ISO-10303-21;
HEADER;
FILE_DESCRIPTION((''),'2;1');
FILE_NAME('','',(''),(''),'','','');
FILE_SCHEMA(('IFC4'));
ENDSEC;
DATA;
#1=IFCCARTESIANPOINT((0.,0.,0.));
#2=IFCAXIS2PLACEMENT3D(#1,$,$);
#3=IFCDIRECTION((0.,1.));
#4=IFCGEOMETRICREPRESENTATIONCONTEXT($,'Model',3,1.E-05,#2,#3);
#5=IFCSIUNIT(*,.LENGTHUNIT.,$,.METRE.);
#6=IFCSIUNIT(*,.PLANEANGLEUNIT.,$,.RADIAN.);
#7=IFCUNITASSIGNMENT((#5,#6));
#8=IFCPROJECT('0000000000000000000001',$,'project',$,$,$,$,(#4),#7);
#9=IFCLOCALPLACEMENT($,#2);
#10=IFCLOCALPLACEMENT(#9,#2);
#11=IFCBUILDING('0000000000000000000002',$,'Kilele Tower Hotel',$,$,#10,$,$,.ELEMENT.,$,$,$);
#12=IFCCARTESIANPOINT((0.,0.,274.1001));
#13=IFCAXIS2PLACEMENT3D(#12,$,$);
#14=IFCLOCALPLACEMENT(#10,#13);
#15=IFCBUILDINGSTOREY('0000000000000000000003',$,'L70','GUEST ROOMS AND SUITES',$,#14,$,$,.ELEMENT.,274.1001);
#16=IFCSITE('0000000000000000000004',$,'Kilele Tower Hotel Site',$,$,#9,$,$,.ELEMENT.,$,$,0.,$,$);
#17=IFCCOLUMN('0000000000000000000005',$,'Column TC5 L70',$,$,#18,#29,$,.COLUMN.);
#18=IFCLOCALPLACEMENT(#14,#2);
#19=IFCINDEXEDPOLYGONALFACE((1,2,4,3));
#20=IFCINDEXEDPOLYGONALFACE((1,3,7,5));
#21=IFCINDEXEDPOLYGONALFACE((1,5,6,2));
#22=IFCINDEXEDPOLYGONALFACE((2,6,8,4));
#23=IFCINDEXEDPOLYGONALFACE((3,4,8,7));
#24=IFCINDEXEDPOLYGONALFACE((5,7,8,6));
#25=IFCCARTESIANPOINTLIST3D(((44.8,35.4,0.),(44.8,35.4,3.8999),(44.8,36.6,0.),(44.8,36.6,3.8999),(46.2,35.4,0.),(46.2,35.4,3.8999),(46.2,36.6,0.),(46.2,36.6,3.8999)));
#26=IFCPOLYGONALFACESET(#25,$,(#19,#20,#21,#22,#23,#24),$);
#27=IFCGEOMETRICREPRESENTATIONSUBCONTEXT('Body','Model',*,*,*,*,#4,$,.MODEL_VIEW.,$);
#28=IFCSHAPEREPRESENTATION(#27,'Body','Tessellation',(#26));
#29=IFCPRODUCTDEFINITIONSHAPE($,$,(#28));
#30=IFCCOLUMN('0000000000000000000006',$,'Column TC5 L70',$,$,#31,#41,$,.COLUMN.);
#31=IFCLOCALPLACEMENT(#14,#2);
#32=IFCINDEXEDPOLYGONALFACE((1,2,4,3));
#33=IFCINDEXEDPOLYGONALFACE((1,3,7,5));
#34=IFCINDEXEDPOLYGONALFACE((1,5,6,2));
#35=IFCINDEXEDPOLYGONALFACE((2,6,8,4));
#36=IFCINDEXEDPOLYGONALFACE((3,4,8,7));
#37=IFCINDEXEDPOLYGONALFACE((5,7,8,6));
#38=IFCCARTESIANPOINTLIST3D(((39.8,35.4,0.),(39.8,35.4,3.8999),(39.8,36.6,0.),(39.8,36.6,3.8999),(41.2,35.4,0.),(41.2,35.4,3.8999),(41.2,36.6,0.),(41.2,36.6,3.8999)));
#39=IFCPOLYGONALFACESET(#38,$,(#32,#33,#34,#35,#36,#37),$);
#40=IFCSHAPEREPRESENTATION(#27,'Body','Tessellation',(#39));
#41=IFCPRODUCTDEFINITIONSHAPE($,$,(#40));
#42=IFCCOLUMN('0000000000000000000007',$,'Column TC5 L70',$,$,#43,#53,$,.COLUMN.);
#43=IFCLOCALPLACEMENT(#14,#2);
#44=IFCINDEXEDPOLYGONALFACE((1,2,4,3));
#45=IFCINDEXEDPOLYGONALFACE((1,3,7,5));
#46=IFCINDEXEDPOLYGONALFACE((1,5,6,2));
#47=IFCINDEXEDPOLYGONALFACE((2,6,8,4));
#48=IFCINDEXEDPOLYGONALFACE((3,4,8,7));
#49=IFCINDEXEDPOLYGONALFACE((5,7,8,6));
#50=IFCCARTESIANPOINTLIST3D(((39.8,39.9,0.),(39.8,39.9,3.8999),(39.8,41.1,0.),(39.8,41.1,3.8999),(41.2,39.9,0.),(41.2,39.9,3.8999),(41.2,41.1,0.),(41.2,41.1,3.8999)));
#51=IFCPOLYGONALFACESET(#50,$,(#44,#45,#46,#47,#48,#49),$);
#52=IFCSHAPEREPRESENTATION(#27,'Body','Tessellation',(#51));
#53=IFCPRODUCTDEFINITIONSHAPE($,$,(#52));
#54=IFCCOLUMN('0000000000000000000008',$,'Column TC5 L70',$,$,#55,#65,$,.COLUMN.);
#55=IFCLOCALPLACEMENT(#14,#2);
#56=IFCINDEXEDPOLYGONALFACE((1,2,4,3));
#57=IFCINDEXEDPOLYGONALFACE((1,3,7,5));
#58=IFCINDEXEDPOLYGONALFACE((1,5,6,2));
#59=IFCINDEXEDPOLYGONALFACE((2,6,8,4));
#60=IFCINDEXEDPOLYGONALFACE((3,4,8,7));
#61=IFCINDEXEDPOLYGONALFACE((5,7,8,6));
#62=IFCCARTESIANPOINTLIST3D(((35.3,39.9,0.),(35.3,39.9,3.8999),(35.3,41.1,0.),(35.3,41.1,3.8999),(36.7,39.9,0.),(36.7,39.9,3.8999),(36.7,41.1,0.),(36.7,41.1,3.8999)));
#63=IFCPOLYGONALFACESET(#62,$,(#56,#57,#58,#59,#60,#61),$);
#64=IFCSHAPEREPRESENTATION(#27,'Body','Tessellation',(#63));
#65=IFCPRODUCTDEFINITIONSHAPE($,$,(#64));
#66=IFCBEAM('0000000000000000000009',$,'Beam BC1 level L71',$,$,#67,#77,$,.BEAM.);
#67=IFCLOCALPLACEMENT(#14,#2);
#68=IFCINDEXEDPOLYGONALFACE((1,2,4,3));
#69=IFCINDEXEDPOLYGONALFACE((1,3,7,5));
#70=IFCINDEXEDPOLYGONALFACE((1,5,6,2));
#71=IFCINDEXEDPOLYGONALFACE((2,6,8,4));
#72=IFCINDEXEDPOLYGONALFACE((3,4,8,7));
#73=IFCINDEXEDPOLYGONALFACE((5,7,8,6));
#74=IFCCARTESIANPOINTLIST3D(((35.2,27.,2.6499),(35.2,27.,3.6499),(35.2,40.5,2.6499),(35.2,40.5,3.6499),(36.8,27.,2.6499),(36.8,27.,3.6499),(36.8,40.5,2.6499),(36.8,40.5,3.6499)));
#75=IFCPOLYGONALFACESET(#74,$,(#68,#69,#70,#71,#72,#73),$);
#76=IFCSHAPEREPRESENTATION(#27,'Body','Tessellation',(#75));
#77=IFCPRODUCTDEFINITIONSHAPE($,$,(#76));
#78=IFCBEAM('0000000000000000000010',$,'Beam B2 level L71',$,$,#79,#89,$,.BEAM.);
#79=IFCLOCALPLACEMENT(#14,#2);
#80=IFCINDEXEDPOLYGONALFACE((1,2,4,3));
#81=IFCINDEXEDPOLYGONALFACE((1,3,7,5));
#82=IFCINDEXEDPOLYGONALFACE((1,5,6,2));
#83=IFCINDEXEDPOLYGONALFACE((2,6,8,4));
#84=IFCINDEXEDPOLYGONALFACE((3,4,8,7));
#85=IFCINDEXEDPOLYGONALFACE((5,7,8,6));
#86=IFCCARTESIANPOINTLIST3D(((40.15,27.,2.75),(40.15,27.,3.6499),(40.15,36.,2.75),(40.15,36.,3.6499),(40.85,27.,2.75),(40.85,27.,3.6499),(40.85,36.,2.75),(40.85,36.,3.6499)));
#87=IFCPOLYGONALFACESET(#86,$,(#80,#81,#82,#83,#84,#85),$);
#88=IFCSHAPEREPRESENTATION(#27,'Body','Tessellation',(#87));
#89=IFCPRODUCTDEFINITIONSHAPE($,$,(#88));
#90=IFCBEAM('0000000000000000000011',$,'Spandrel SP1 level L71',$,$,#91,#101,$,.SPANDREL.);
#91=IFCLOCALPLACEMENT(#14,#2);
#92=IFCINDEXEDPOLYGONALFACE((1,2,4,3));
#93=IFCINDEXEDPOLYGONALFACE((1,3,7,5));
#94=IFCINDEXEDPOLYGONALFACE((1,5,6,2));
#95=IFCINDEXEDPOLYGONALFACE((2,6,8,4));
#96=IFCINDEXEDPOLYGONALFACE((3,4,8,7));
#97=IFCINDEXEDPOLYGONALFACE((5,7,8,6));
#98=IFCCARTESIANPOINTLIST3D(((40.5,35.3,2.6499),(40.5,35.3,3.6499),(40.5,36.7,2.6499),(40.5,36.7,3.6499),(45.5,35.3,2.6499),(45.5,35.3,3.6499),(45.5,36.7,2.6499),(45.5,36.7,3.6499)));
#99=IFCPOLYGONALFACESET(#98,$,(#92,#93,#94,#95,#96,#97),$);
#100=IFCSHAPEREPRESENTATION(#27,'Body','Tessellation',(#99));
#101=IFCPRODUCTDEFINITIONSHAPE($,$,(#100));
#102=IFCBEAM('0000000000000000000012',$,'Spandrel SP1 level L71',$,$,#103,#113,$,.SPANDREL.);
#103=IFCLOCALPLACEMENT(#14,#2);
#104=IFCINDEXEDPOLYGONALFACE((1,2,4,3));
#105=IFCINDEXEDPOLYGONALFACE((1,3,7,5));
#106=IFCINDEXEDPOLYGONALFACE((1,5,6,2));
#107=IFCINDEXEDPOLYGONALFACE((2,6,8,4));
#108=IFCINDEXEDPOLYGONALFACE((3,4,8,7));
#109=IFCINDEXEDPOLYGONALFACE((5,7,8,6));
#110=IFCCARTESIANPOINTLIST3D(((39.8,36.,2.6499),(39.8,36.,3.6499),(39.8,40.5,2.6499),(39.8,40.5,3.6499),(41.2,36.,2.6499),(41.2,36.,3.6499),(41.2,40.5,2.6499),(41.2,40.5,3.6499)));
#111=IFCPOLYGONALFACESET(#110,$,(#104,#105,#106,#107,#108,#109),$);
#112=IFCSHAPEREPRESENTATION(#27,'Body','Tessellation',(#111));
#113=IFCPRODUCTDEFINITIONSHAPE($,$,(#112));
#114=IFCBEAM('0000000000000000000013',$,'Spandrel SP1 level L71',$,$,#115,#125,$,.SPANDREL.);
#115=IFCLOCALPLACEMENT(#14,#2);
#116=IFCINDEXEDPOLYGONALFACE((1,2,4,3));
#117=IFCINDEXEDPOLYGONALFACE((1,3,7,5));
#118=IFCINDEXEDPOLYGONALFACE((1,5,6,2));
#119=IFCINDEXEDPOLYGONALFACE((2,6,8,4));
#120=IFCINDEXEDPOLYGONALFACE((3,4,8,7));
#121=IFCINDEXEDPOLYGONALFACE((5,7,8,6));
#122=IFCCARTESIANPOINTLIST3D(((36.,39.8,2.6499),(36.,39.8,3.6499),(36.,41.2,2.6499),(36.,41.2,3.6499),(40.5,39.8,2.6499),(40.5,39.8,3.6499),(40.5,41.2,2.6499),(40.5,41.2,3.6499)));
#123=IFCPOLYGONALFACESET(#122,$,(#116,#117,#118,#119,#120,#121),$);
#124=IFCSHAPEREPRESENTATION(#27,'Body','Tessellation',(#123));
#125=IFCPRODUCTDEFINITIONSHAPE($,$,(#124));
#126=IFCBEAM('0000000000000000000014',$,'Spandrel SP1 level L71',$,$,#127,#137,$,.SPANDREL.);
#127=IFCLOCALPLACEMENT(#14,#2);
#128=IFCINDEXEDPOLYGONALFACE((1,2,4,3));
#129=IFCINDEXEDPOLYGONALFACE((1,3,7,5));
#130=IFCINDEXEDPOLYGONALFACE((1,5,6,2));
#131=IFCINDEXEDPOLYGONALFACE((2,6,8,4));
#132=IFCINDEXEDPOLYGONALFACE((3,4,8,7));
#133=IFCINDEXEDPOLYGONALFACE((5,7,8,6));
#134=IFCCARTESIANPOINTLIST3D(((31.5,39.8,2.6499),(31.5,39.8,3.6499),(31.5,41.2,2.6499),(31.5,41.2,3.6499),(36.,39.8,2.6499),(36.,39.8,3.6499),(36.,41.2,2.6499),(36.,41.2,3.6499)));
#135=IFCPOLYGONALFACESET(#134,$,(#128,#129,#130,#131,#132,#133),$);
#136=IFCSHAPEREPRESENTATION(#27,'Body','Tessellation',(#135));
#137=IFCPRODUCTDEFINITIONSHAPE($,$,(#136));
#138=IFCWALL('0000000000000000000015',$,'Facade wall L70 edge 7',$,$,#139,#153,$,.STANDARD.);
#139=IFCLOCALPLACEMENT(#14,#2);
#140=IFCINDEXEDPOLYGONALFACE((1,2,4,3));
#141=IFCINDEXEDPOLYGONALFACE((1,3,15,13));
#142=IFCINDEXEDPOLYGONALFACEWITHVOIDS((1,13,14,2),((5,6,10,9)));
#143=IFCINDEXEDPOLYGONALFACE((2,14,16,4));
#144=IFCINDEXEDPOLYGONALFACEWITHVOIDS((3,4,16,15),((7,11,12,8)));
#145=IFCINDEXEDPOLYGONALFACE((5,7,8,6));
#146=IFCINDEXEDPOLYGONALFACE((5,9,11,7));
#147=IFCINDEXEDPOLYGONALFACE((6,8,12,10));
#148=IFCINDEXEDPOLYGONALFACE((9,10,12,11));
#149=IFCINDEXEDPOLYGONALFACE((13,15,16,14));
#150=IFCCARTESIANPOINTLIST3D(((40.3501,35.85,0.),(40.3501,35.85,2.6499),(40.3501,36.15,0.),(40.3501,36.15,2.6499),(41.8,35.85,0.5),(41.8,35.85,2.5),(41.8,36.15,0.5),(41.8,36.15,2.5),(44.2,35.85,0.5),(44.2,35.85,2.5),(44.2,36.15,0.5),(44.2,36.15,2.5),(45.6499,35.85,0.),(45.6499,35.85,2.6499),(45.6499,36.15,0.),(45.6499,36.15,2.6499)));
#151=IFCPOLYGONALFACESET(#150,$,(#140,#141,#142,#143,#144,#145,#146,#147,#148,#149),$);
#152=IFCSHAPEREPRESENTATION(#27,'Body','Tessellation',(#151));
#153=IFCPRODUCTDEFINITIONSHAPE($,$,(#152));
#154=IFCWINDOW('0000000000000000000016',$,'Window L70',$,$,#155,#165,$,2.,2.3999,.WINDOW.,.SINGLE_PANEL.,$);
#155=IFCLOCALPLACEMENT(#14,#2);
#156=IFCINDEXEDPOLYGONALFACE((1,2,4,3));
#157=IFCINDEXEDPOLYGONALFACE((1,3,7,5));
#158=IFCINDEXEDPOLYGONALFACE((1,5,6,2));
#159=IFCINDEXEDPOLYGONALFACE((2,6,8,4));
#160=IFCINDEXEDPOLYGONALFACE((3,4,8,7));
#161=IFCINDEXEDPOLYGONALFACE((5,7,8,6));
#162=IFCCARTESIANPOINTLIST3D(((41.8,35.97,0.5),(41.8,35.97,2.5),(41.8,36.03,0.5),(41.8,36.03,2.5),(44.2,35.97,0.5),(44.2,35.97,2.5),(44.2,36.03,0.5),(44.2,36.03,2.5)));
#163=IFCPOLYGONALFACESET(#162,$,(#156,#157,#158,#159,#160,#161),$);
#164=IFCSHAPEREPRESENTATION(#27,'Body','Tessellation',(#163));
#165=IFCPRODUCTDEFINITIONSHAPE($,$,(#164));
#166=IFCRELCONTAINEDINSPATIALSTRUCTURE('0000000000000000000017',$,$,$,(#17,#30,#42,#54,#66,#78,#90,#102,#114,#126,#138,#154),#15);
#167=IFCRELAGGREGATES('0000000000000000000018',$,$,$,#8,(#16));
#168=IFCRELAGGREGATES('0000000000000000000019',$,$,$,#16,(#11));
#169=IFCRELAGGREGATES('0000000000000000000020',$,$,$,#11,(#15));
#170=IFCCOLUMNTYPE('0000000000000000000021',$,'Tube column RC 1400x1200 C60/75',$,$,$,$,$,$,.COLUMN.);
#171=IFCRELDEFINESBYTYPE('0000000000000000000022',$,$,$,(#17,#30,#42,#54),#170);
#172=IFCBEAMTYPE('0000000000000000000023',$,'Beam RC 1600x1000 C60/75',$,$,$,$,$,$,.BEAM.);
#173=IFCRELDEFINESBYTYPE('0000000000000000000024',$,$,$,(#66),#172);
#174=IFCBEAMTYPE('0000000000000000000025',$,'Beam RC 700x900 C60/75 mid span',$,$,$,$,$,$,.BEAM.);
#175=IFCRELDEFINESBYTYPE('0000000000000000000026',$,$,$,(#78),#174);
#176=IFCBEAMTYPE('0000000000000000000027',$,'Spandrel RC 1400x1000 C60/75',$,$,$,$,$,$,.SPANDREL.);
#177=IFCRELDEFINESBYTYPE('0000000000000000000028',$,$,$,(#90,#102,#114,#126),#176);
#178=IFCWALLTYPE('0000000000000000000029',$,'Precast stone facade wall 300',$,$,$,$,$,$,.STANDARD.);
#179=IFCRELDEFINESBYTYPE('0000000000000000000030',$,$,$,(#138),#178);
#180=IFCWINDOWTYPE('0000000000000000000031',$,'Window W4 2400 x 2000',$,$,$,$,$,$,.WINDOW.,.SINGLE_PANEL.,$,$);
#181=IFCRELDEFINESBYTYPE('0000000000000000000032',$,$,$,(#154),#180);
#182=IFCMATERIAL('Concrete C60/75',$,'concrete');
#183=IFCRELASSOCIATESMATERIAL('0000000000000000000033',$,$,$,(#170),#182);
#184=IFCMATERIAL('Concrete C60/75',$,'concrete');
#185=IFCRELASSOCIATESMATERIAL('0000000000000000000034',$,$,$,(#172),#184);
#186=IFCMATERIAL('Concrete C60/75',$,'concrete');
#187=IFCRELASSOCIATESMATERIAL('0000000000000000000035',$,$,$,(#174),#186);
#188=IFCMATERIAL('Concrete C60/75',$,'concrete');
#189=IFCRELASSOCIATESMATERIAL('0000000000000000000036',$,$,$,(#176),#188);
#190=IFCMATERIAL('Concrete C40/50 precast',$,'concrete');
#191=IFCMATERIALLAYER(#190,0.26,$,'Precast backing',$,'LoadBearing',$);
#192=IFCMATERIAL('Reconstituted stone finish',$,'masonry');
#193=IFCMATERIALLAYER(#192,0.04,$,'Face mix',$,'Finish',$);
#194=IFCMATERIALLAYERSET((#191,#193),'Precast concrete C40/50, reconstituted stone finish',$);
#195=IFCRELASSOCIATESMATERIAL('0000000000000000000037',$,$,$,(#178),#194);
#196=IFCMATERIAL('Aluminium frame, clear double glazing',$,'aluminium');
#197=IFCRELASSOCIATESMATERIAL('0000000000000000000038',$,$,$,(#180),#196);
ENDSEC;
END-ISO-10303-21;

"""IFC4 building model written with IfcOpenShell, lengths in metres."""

from ifc_helpers import new_model, si_unit, direction, frame, frame_2d, origin, origin_2d, place, context, subcontext, project, spatial, rectangle, extrude, material, layer, layer_set, material_profile, profile_set, type_object, element, fill, save


model = new_model("IFC4")

# Units and contexts
model_context = context("Model", 3, precision=1e-05, world=origin(), true_north=direction((0.0, 1.0)))
body_context = subcontext(model_context, "Body", "Model", "MODEL_VIEW")
ifc_project = project(units=[si_unit("LENGTHUNIT", "METRE"), si_unit("PLANEANGLEUNIT", "RADIAN")], contexts=[model_context])

# Site, building, storey
site_placement = place(None, origin())
site = spatial("IfcSite", under=ifc_project, at=site_placement, Name="Kilele Tower Hotel Site", CompositionType="ELEMENT", RefElevation=0.0)
building_placement = place(site_placement, origin())
building = spatial("IfcBuilding", under=site, at=building_placement, Name="Kilele Tower Hotel", CompositionType="ELEMENT")
storey_placement = place(building_placement, frame((0.0, 0.0, 274.1001)))
storey = spatial("IfcBuildingStorey", under=building, at=storey_placement, Name="L70", Description="GUEST ROOMS AND SUITES", CompositionType="ELEMENT", Elevation=274.1001)

# Columns
ifc_material_1 = material(Name="Concrete C60/75", Category="concrete")
ifc_material_profile_1 = material_profile(ifc_material_1, rectangle(XDim=1.3999, YDim=1.2, at=origin_2d()))
ifc_profile_set_1 = profile_set([ifc_material_profile_1], Name="Concrete C60/75")
column_type = type_object("IfcColumnType", Name="Tube column RC 1400x1200 C60/75", PredefinedType="COLUMN", material=ifc_profile_set_1)
for number, where, z_axis, x_axis, name in (
    (1, (45.5, 36.0, 0.0), (0.0, 0.0, 1.0), (1.0, 0.0, 0.0), "Column TC5 L70"),
    (2, (40.5, 36.0, 0.0), (0.0, 0.0, 1.0), (1.0, 0.0, 0.0), "Column TC5 L70"),
    (3, (40.5, 40.5, 0.0), (0.0, 0.0, 1.0), (1.0, 0.0, 0.0), "Column TC5 L70"),
    (4, (36.0, 40.5, 0.0), (0.0, 0.0, 1.0), (1.0, 0.0, 0.0), "Column TC5 L70"),
):
    element("IfcColumn", number, at=place(storey_placement, frame(where, z_axis=z_axis, x_axis=x_axis)), inside=storey, type_object=column_type, Name=name, PredefinedType="COLUMN", context=body_context, shape_type="SweptSolid", body=[
        extrude(rectangle(XDim=1.3999, YDim=1.2, at=origin_2d()), origin(), (0.0, 0.0, 1.0), 3.8999),
    ])

# Beams
ifc_material_2 = material(Name="Concrete C60/75", Category="concrete")
ifc_material_profile_2 = material_profile(ifc_material_2, rectangle(XDim=1.6001, YDim=1.0, at=origin_2d()))
ifc_profile_set_2 = profile_set([ifc_material_profile_2], Name="Concrete C60/75")
beam_type_1 = type_object("IfcBeamType", Name="Beam RC 1600x1000 C60/75", PredefinedType="BEAM", material=ifc_profile_set_2)
beam_1_placement = place(storey_placement, frame((36.0, 40.5, 3.1499), z_axis=(0.0, -1.0, 0.0), x_axis=(1.0, 0.0, 0.0)))
element("IfcBeam", 5, at=beam_1_placement, inside=storey, type_object=beam_type_1, Name="Beam BC1 level L71", PredefinedType="BEAM", context=body_context, shape_type="SweptSolid", body=[
    extrude(rectangle(XDim=1.6001, YDim=1.0, at=origin_2d()), origin(), (0.0, 0.0, 1.0), 13.5),
])
ifc_material_3 = material(Name="Concrete C60/75", Category="concrete")
ifc_material_profile_3 = material_profile(ifc_material_3, rectangle(XDim=0.7, YDim=0.8999, at=origin_2d()))
ifc_profile_set_3 = profile_set([ifc_material_profile_3], Name="Concrete C60/75")
beam_type_2 = type_object("IfcBeamType", Name="Beam RC 700x900 C60/75 mid span", PredefinedType="BEAM", material=ifc_profile_set_3)
beam_2_placement = place(storey_placement, frame((40.5, 36.0, 3.2), z_axis=(0.0, -1.0, 0.0), x_axis=(1.0, 0.0, 0.0)))
element("IfcBeam", 6, at=beam_2_placement, inside=storey, type_object=beam_type_2, Name="Beam B2 level L71", PredefinedType="BEAM", context=body_context, shape_type="SweptSolid", body=[
    extrude(rectangle(XDim=0.7, YDim=0.8999, at=origin_2d()), origin(), (0.0, 0.0, 1.0), 9.0),
])
ifc_material_4 = material(Name="Concrete C60/75", Category="concrete")
ifc_material_profile_4 = material_profile(ifc_material_4, rectangle(XDim=1.3999, YDim=1.0, at=origin_2d()))
ifc_profile_set_4 = profile_set([ifc_material_profile_4], Name="Concrete C60/75")
beam_type_3 = type_object("IfcBeamType", Name="Spandrel RC 1400x1000 C60/75", PredefinedType="SPANDREL", material=ifc_profile_set_4)
beam_3_placement = place(storey_placement, frame((45.5, 36.0, 3.1499), z_axis=(-1.0, 0.0, 0.0), x_axis=(0.0, -1.0, 0.0)))
element("IfcBeam", 7, at=beam_3_placement, inside=storey, type_object=beam_type_3, Name="Spandrel SP1 level L71", PredefinedType="SPANDREL", context=body_context, shape_type="SweptSolid", body=[
    extrude(rectangle(XDim=1.3999, YDim=1.0, at=origin_2d()), origin(), (0.0, 0.0, 1.0), 5.0),
])
for number, where, z_axis, x_axis, name in (
    (8, (40.5, 36.0, 3.1499), (0.0, 1.0, 0.0), (-1.0, 0.0, 0.0), "Spandrel SP1 level L71"),
    (9, (40.5, 40.5, 3.1499), (-1.0, 0.0, 0.0), (0.0, -1.0, 0.0), "Spandrel SP1 level L71"),
    (10, (36.0, 40.5, 3.1499), (-1.0, 0.0, 0.0), (0.0, -1.0, 0.0), "Spandrel SP1 level L71"),
):
    element("IfcBeam", number, at=place(storey_placement, frame(where, z_axis=z_axis, x_axis=x_axis)), inside=storey, type_object=beam_type_3, Name=name, PredefinedType="SPANDREL", context=body_context, shape_type="SweptSolid", body=[
        extrude(rectangle(XDim=1.3999, YDim=1.0, at=origin_2d()), origin(), (0.0, 0.0, 1.0), 4.5),
    ])

# Wall, opening, window
ifc_material_5 = material(Name="Concrete C40/50 precast", Category="concrete")
ifc_layer_1 = layer(ifc_material_5, 0.26, Name="Precast backing", Category="LoadBearing")
ifc_material_6 = material(Name="Reconstituted stone finish", Category="masonry")
ifc_layer_2 = layer(ifc_material_6, 0.04, Name="Face mix", Category="Finish")
ifc_layer_set = layer_set([ifc_layer_1, ifc_layer_2], Name="Precast concrete C40/50, reconstituted stone finish")
wall_type = type_object("IfcWallType", Name="Precast stone facade wall 300", PredefinedType="STANDARD", material=ifc_layer_set)
wall_1_placement = place(storey_placement, frame((45.6499, 36.0, 0.0), z_axis=(0.0, 0.0, 1.0), x_axis=(-1.0, 0.0, 0.0)))
wall_1 = element("IfcWall", 11, at=wall_1_placement, inside=storey, type_object=wall_type, Name="Facade wall L70 edge 7", PredefinedType="STANDARD", context=body_context, shape_type="SweptSolid", body=[
    extrude(rectangle(XDim=5.2998, YDim=0.3, at=frame_2d((2.6499, 0.0))), origin(), (0.0, 0.0, 1.0), 2.6499),
])
opening_1_placement = place(wall_1_placement, frame((1.45, 0.0, 0.5)))
opening_1 = element("IfcOpeningElement", 12, at=opening_1_placement, cuts=wall_1, PredefinedType="OPENING", context=body_context, shape_type="SweptSolid", body=[
    extrude(rectangle(XDim=2.3999, YDim=2.0, at=frame_2d((1.2, 1.0))), frame((0.0, 0.1599, 0.0), z_axis=(0.0, -1.0, 0.0), x_axis=(1.0, 0.0, 0.0)), (0.0, 0.0, 1.0), 0.3201),
])
ifc_material_7 = material(Name="Aluminium frame, clear double glazing", Category="aluminium")
window_type = type_object("IfcWindowType", Name="Window W4 2400 x 2000", PartitioningType="SINGLE_PANEL", PredefinedType="WINDOW", material=ifc_material_7)
window_1_placement = place(opening_1_placement, origin())
window_1 = element("IfcWindow", 13, at=window_1_placement, inside=storey, type_object=window_type, Name="Window L70", OverallHeight=2.0, OverallWidth=2.3999, PartitioningType="SINGLE_PANEL", PredefinedType="WINDOW", context=body_context, shape_type="SweptSolid", body=[
    extrude(rectangle(XDim=2.3999, YDim=2.0, at=frame_2d((1.2, 1.0))), frame((0.0, 0.03, 0.0), z_axis=(0.0, -1.0, 0.0), x_axis=(1.0, 0.0, 0.0)), (0.0, 0.0, 1.0), 0.0601),
])
fill(opening_1, window_1)

save(model, "model.ifc")
